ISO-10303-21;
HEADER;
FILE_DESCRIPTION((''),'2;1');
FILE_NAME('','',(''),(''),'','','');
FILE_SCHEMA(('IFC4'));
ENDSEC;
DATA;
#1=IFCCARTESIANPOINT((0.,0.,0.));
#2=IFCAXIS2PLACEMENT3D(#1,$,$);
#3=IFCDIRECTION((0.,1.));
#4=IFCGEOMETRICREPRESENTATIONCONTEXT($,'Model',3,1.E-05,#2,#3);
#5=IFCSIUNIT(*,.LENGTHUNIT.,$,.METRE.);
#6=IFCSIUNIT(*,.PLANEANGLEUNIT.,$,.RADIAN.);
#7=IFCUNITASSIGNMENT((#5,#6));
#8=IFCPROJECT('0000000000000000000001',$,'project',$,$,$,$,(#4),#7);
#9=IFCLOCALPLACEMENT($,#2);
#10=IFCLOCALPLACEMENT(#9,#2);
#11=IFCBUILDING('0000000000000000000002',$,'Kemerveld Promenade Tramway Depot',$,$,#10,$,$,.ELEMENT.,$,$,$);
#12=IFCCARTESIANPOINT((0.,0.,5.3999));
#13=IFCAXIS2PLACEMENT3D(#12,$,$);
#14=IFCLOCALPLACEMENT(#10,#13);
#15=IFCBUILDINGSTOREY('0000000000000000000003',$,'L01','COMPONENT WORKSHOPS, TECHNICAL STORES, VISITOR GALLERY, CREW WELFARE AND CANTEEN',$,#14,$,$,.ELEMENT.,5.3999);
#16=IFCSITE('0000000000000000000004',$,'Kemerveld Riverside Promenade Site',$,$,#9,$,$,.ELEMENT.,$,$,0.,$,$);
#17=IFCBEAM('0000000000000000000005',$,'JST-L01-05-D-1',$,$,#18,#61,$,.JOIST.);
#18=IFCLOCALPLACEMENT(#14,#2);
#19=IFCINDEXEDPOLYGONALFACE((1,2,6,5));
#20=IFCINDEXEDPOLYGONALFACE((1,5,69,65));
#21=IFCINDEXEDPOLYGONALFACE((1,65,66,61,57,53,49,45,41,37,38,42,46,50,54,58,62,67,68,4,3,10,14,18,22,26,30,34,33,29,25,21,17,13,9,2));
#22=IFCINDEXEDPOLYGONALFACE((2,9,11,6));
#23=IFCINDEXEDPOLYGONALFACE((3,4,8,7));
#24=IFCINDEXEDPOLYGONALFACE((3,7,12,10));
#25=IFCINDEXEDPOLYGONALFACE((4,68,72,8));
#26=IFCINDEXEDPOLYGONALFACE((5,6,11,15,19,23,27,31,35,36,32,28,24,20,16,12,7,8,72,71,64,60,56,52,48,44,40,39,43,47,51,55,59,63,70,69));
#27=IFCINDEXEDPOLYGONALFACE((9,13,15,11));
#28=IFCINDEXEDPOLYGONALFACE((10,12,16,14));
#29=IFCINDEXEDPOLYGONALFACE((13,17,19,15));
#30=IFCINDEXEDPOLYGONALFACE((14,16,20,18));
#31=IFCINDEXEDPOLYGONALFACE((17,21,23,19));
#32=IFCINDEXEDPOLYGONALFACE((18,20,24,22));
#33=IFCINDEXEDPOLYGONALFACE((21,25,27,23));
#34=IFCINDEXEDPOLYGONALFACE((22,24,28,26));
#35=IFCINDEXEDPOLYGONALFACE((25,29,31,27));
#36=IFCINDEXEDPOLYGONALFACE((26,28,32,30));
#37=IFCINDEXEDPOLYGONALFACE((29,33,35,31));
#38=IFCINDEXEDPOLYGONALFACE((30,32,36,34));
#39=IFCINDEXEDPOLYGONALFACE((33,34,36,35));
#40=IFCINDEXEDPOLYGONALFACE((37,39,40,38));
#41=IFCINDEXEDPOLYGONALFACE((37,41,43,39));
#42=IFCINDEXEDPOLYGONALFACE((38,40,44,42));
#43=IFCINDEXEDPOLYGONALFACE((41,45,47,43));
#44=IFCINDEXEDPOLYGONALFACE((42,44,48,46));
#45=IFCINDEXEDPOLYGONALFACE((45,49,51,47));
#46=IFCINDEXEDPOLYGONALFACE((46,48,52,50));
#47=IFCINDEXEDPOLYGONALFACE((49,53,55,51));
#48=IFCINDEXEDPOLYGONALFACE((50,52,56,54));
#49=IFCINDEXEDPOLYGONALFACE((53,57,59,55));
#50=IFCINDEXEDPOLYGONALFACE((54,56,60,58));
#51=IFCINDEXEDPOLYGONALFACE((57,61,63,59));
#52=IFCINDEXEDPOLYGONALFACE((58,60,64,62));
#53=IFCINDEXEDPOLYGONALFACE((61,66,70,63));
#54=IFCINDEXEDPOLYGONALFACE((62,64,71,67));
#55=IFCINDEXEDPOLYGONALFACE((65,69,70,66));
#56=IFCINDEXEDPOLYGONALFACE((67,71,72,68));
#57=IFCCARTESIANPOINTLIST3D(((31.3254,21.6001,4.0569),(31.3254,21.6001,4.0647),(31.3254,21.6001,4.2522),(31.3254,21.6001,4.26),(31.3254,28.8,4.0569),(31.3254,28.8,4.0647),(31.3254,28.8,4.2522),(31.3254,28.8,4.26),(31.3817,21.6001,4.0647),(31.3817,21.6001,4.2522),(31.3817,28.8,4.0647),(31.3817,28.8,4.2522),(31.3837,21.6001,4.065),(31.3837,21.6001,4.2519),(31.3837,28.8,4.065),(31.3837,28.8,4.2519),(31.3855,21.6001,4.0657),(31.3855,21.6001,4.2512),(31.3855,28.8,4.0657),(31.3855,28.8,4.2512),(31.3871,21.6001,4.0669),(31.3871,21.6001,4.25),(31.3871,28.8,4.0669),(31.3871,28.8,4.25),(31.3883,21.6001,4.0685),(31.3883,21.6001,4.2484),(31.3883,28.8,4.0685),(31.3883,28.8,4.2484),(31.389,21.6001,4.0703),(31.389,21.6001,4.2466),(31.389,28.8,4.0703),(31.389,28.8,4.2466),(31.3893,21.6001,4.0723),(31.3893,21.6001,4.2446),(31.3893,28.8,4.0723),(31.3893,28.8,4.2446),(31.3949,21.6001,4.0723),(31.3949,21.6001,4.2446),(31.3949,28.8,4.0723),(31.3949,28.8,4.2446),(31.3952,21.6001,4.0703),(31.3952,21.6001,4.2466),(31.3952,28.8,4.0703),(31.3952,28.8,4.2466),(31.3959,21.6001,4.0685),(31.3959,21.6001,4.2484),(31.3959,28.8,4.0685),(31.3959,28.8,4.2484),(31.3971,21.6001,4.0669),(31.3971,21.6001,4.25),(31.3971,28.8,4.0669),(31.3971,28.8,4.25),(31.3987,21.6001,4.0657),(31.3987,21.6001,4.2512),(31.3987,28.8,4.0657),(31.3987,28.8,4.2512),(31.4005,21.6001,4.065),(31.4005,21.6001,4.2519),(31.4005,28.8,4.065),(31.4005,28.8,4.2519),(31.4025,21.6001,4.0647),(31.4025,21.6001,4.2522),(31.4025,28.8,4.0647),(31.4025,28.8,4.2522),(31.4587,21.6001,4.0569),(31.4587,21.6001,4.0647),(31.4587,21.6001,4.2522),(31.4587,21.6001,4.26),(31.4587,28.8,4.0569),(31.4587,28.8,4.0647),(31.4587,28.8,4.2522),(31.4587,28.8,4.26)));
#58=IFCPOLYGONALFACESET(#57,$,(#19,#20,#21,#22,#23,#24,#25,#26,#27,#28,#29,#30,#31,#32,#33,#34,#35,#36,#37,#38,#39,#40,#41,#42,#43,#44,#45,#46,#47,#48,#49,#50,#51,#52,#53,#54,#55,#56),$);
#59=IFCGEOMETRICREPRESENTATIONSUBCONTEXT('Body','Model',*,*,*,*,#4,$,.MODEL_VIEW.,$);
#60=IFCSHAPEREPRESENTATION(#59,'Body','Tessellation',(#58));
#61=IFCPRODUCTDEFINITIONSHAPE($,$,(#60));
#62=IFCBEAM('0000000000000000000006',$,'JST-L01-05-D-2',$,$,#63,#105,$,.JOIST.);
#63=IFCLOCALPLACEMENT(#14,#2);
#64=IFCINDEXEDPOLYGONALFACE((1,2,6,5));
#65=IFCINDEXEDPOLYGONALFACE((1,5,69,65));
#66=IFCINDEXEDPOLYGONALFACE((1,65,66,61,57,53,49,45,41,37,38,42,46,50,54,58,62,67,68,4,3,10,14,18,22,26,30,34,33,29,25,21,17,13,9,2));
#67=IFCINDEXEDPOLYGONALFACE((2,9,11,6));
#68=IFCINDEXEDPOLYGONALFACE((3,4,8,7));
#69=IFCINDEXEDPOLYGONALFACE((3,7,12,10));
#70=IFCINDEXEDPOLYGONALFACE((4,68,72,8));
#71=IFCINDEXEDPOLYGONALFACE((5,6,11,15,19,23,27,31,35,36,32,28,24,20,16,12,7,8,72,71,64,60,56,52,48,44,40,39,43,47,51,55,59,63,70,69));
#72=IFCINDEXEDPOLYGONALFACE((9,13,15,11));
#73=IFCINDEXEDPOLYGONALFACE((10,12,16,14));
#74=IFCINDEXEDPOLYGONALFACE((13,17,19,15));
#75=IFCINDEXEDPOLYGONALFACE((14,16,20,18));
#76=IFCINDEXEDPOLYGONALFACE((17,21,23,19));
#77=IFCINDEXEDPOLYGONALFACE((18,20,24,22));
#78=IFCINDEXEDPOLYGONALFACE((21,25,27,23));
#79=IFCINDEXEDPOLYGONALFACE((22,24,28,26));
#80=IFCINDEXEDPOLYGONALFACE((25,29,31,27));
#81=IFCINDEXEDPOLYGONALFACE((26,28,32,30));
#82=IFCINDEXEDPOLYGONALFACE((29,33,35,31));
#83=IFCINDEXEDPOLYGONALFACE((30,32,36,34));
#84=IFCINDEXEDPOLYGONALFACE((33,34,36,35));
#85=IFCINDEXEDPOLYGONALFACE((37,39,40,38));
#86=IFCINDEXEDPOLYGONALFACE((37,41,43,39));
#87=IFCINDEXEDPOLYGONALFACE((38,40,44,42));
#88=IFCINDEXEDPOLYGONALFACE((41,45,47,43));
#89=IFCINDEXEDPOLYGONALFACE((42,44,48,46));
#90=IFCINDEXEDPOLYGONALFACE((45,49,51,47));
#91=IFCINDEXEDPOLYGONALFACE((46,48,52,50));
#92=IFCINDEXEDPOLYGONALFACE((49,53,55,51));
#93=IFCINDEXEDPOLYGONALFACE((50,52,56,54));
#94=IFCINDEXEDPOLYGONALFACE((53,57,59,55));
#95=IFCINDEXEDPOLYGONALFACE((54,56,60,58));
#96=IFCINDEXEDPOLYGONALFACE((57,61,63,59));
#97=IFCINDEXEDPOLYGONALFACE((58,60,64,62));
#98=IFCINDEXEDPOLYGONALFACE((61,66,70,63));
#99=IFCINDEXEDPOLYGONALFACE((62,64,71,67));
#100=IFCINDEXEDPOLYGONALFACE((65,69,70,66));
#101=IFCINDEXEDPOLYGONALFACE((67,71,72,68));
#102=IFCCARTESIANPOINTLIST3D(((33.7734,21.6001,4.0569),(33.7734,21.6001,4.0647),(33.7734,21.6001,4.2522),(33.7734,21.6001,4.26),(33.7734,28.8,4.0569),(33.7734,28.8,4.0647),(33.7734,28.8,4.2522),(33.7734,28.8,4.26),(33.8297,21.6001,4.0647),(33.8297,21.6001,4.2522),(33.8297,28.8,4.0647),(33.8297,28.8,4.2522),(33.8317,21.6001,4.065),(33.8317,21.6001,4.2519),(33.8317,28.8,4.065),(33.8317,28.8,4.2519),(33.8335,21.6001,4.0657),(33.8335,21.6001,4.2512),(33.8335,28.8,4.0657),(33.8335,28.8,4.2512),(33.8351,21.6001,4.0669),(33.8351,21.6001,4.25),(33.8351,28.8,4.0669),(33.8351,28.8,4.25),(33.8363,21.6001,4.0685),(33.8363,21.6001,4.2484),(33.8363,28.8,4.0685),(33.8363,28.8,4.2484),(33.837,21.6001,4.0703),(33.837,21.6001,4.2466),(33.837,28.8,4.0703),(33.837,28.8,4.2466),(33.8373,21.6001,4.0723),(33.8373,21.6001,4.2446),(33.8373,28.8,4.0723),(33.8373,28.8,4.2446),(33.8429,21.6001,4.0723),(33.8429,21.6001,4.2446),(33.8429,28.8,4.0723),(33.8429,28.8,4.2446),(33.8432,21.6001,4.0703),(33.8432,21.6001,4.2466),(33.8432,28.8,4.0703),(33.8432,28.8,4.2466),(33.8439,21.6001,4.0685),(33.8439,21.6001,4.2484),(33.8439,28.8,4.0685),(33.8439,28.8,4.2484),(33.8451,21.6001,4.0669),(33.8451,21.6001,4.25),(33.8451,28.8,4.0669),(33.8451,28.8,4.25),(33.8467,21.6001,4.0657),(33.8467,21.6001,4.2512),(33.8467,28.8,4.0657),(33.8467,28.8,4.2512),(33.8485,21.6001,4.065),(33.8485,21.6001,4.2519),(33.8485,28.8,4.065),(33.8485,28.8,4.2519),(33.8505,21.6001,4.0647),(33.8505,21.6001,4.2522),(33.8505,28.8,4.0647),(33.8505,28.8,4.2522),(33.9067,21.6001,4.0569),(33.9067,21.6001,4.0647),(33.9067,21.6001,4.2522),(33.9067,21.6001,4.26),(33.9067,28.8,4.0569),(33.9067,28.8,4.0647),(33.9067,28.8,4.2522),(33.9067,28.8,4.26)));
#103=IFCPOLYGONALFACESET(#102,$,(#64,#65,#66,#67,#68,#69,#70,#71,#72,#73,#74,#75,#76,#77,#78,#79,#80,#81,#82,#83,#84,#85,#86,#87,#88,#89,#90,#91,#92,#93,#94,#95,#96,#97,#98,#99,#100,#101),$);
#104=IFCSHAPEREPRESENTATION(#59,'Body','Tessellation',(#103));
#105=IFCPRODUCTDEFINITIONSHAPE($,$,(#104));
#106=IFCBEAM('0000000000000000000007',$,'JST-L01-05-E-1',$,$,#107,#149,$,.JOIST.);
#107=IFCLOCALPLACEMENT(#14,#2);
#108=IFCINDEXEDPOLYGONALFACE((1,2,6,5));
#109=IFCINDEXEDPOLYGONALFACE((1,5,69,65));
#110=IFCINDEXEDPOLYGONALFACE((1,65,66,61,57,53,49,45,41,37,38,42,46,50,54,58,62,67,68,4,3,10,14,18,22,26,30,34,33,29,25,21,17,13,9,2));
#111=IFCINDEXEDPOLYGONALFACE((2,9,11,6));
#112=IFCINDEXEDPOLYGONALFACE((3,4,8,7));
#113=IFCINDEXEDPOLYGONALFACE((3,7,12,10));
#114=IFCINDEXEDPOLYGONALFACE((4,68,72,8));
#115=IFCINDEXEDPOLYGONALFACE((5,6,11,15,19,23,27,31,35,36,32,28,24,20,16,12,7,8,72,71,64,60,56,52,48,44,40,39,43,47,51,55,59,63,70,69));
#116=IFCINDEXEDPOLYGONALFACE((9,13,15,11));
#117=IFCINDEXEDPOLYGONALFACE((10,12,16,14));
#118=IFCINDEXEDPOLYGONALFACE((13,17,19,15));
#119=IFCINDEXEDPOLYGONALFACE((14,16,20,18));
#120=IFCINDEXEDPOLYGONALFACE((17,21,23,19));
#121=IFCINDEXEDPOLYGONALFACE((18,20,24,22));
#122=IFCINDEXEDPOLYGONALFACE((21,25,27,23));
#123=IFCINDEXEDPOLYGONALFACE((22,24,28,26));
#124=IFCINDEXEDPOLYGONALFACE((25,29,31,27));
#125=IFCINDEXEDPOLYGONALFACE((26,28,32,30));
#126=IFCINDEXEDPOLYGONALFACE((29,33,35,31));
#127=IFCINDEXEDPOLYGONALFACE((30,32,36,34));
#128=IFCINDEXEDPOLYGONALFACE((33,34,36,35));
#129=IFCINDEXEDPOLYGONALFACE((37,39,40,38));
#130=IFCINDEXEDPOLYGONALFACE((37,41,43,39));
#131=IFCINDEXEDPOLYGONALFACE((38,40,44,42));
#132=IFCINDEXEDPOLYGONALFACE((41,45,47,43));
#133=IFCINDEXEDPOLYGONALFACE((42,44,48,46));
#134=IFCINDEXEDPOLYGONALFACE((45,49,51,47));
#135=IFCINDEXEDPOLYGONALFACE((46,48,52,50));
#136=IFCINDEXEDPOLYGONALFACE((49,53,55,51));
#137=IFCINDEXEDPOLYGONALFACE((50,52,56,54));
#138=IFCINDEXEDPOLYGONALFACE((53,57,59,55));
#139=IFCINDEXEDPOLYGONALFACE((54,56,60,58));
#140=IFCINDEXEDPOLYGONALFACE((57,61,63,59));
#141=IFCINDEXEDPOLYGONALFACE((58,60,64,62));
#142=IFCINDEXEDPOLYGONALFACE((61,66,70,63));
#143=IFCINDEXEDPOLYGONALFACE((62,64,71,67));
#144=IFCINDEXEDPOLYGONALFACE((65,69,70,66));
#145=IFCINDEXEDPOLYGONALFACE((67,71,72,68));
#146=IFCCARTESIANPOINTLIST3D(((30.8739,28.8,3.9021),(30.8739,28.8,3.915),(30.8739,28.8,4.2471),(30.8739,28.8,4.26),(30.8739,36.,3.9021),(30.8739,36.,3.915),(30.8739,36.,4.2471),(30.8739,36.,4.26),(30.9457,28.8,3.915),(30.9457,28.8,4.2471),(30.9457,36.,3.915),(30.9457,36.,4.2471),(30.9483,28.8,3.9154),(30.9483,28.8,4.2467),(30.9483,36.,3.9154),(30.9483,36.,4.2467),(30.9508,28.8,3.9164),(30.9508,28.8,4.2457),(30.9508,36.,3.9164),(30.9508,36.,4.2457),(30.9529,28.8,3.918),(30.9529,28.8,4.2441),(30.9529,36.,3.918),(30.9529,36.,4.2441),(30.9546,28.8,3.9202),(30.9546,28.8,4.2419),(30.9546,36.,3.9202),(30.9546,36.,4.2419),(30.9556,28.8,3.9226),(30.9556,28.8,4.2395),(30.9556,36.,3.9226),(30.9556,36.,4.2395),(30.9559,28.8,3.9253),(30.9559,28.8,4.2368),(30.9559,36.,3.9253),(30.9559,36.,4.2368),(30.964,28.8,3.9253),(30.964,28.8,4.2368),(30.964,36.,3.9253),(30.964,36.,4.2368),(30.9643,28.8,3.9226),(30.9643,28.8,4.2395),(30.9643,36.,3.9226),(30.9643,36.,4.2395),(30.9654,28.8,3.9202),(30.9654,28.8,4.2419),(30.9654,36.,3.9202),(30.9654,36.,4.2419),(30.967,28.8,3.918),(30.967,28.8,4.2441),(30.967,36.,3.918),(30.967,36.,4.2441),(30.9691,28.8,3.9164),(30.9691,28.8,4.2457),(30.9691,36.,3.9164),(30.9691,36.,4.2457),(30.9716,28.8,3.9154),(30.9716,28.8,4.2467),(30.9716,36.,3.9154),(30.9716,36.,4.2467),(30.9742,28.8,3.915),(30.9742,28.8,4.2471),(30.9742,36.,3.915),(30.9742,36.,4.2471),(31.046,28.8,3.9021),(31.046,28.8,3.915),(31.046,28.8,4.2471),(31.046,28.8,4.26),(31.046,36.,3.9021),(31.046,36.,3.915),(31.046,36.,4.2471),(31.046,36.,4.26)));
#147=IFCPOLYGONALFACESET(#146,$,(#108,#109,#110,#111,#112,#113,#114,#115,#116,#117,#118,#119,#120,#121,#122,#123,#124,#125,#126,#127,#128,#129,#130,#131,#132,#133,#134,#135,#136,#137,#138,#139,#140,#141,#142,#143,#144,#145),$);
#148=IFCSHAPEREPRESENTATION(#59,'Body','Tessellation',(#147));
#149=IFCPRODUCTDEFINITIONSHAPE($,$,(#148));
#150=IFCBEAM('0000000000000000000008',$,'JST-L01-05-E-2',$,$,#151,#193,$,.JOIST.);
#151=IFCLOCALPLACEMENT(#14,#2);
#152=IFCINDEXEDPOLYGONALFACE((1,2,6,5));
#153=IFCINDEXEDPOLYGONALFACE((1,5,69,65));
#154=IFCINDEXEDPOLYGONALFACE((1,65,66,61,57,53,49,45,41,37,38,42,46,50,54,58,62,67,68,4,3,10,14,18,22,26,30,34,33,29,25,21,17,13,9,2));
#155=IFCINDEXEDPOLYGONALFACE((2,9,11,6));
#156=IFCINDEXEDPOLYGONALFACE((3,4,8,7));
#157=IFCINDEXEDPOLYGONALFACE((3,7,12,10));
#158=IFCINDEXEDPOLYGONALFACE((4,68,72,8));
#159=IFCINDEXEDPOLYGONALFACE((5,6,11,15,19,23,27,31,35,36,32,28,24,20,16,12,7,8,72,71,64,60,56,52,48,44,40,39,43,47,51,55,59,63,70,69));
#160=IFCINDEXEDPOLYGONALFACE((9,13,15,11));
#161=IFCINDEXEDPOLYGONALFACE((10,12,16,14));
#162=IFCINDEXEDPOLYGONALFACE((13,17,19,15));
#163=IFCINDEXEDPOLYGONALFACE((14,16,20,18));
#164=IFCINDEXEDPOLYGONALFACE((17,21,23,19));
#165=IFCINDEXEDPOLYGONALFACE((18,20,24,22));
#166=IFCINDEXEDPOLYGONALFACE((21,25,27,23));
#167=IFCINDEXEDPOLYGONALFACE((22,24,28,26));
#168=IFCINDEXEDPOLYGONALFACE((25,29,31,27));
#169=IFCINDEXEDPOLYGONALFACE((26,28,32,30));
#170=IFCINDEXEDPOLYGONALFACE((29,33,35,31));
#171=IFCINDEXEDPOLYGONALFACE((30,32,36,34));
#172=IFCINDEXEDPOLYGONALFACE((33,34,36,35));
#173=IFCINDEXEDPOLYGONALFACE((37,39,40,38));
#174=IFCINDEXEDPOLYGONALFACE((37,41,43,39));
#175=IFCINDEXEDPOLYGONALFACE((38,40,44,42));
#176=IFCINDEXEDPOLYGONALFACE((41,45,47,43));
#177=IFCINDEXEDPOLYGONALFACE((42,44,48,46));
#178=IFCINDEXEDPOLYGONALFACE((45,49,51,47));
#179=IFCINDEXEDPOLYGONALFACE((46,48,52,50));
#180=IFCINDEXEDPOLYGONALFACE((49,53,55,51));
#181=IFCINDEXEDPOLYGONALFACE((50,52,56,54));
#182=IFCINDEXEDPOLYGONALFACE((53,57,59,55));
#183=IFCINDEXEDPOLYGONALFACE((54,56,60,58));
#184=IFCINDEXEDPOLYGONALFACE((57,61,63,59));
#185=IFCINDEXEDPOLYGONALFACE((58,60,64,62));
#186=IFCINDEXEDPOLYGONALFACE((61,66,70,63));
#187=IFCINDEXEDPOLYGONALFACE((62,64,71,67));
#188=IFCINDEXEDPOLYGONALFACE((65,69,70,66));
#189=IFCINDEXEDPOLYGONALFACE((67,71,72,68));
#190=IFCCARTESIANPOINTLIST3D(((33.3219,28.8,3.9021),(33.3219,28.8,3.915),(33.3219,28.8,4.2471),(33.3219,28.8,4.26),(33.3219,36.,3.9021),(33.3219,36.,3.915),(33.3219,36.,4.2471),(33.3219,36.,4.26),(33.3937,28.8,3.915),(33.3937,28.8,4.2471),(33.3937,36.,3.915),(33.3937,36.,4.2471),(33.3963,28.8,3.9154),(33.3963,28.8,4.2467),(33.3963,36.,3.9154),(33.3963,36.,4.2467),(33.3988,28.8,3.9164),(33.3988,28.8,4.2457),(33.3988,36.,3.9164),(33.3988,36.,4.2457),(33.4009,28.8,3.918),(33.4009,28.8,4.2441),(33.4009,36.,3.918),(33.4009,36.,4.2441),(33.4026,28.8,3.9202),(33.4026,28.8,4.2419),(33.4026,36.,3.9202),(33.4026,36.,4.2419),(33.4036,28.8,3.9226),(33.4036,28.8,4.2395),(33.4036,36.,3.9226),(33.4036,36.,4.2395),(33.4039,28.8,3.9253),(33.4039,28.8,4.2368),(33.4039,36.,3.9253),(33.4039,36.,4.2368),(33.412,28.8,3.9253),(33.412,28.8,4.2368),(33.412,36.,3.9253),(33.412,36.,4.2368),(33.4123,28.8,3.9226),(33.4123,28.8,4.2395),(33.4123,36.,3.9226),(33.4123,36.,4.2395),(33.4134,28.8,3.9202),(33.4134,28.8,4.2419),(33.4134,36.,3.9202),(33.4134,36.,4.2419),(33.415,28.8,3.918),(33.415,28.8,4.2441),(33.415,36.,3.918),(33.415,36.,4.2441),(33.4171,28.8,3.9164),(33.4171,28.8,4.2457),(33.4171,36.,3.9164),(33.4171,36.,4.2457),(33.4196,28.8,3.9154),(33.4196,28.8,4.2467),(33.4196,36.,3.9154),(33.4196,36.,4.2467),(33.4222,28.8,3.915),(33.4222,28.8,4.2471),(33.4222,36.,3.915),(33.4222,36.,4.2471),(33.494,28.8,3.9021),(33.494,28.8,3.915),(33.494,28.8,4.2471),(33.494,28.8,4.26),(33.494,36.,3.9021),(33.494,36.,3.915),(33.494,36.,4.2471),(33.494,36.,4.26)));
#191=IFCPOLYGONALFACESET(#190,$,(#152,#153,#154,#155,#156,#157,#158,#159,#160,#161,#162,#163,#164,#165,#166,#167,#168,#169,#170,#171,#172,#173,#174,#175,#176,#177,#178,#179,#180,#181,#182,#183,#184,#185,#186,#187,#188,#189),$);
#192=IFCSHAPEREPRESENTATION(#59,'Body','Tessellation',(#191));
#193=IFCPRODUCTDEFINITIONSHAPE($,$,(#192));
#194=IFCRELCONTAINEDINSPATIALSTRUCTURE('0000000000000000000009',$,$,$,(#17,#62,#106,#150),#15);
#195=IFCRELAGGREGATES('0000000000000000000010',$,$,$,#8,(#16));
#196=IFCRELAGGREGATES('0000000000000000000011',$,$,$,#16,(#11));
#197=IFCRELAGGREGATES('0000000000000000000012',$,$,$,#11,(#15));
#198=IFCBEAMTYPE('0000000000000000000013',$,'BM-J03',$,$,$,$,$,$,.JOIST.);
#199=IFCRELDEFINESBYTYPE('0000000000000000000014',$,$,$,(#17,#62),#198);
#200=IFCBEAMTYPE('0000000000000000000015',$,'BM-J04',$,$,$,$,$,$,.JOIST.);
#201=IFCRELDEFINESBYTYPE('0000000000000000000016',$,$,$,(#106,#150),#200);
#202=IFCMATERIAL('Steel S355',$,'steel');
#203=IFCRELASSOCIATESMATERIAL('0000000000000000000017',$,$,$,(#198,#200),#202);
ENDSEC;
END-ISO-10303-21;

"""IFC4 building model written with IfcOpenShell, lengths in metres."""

from ifc_helpers import new_model, si_unit, direction, frame, origin, origin_2d, place, context, subcontext, project, spatial, i_section, extrude, material, material_profile, profile_set, type_object, element, save


model = new_model("IFC4")

# Units and contexts
model_context = context("Model", 3, precision=1e-05, world=origin(), true_north=direction((0.0, 1.0)))
body_context = subcontext(model_context, "Body", "Model", "MODEL_VIEW")
ifc_project = project(units=[si_unit("LENGTHUNIT", "METRE"), si_unit("PLANEANGLEUNIT", "RADIAN")], contexts=[model_context])

# Site, building, storey
site_placement = place(None, origin())
site = spatial("IfcSite", under=ifc_project, at=site_placement, Name="Kemerveld Riverside Promenade Site", CompositionType="ELEMENT", RefElevation=0.0)
building_placement = place(site_placement, origin())
building = spatial("IfcBuilding", under=site, at=building_placement, Name="Kemerveld Promenade Tramway Depot", CompositionType="ELEMENT")
storey_placement = place(building_placement, frame((0.0, 0.0, 5.3999)))
storey = spatial("IfcBuildingStorey", under=building, at=storey_placement, Name="L01", Description="COMPONENT WORKSHOPS, TECHNICAL STORES, VISITOR GALLERY, CREW WELFARE AND CANTEEN", CompositionType="ELEMENT", Elevation=5.3999)

# Shared definitions
ifc_material_1 = material(Name="Steel S355", Category="steel")

# Beams
ifc_material_profile_1 = material_profile(ifc_material_1, i_section(OverallWidth=0.1333, OverallDepth=0.2031, WebThickness=0.0056, FlangeThickness=0.0078, FilletRadius=0.0076, at=origin_2d()), Name="203x133x25 UB")
ifc_profile_set_1 = profile_set([ifc_material_profile_1], Name="Steel S355")
beam_type_1 = type_object("IfcBeamType", Name="BM-J03", PredefinedType="JOIST", material=ifc_profile_set_1)
for number, where, z_axis, x_axis, name in (
    (1, (31.3921, 21.6001, 4.1584), (0.0, 1.0, 0.0), (-1.0, 0.0, 0.0), "JST-L01-05-D-1"),
    (2, (33.8401, 21.6001, 4.1584), (0.0, 1.0, 0.0), (-1.0, 0.0, 0.0), "JST-L01-05-D-2"),
):
    element("IfcBeam", number, at=place(storey_placement, frame(where, z_axis=z_axis, x_axis=x_axis)), inside=storey, type_object=beam_type_1, Name=name, PredefinedType="JOIST", context=body_context, shape_type="SweptSolid", body=[
        extrude(i_section(OverallWidth=0.1333, OverallDepth=0.2031, WebThickness=0.0056, FlangeThickness=0.0078, FilletRadius=0.0076, at=origin_2d()), origin(), (0.0, 0.0, 1.0), 7.2),
    ])
ifc_material_profile_2 = material_profile(ifc_material_1, i_section(OverallWidth=0.1721, OverallDepth=0.3579, WebThickness=0.0081, FlangeThickness=0.0129, FilletRadius=0.0103, at=origin_2d()), Name="356x171x57 UB")
ifc_profile_set_2 = profile_set([ifc_material_profile_2], Name="Steel S355")
beam_type_2 = type_object("IfcBeamType", Name="BM-J04", PredefinedType="JOIST", material=ifc_profile_set_2)
for number, where, z_axis, x_axis, name in (
    (3, (30.96, 28.8, 4.0811), (0.0, 1.0, 0.0), (-1.0, 0.0, 0.0), "JST-L01-05-E-1"),
    (4, (33.408, 28.8, 4.0811), (0.0, 1.0, 0.0), (-1.0, 0.0, 0.0), "JST-L01-05-E-2"),
):
    element("IfcBeam", number, at=place(storey_placement, frame(where, z_axis=z_axis, x_axis=x_axis)), inside=storey, type_object=beam_type_2, Name=name, PredefinedType="JOIST", context=body_context, shape_type="SweptSolid", body=[
        extrude(i_section(OverallWidth=0.1721, OverallDepth=0.3579, WebThickness=0.0081, FlangeThickness=0.0129, FilletRadius=0.0103, at=origin_2d()), origin(), (0.0, 0.0, 1.0), 7.2),
    ])

save(model, "model.ifc")
